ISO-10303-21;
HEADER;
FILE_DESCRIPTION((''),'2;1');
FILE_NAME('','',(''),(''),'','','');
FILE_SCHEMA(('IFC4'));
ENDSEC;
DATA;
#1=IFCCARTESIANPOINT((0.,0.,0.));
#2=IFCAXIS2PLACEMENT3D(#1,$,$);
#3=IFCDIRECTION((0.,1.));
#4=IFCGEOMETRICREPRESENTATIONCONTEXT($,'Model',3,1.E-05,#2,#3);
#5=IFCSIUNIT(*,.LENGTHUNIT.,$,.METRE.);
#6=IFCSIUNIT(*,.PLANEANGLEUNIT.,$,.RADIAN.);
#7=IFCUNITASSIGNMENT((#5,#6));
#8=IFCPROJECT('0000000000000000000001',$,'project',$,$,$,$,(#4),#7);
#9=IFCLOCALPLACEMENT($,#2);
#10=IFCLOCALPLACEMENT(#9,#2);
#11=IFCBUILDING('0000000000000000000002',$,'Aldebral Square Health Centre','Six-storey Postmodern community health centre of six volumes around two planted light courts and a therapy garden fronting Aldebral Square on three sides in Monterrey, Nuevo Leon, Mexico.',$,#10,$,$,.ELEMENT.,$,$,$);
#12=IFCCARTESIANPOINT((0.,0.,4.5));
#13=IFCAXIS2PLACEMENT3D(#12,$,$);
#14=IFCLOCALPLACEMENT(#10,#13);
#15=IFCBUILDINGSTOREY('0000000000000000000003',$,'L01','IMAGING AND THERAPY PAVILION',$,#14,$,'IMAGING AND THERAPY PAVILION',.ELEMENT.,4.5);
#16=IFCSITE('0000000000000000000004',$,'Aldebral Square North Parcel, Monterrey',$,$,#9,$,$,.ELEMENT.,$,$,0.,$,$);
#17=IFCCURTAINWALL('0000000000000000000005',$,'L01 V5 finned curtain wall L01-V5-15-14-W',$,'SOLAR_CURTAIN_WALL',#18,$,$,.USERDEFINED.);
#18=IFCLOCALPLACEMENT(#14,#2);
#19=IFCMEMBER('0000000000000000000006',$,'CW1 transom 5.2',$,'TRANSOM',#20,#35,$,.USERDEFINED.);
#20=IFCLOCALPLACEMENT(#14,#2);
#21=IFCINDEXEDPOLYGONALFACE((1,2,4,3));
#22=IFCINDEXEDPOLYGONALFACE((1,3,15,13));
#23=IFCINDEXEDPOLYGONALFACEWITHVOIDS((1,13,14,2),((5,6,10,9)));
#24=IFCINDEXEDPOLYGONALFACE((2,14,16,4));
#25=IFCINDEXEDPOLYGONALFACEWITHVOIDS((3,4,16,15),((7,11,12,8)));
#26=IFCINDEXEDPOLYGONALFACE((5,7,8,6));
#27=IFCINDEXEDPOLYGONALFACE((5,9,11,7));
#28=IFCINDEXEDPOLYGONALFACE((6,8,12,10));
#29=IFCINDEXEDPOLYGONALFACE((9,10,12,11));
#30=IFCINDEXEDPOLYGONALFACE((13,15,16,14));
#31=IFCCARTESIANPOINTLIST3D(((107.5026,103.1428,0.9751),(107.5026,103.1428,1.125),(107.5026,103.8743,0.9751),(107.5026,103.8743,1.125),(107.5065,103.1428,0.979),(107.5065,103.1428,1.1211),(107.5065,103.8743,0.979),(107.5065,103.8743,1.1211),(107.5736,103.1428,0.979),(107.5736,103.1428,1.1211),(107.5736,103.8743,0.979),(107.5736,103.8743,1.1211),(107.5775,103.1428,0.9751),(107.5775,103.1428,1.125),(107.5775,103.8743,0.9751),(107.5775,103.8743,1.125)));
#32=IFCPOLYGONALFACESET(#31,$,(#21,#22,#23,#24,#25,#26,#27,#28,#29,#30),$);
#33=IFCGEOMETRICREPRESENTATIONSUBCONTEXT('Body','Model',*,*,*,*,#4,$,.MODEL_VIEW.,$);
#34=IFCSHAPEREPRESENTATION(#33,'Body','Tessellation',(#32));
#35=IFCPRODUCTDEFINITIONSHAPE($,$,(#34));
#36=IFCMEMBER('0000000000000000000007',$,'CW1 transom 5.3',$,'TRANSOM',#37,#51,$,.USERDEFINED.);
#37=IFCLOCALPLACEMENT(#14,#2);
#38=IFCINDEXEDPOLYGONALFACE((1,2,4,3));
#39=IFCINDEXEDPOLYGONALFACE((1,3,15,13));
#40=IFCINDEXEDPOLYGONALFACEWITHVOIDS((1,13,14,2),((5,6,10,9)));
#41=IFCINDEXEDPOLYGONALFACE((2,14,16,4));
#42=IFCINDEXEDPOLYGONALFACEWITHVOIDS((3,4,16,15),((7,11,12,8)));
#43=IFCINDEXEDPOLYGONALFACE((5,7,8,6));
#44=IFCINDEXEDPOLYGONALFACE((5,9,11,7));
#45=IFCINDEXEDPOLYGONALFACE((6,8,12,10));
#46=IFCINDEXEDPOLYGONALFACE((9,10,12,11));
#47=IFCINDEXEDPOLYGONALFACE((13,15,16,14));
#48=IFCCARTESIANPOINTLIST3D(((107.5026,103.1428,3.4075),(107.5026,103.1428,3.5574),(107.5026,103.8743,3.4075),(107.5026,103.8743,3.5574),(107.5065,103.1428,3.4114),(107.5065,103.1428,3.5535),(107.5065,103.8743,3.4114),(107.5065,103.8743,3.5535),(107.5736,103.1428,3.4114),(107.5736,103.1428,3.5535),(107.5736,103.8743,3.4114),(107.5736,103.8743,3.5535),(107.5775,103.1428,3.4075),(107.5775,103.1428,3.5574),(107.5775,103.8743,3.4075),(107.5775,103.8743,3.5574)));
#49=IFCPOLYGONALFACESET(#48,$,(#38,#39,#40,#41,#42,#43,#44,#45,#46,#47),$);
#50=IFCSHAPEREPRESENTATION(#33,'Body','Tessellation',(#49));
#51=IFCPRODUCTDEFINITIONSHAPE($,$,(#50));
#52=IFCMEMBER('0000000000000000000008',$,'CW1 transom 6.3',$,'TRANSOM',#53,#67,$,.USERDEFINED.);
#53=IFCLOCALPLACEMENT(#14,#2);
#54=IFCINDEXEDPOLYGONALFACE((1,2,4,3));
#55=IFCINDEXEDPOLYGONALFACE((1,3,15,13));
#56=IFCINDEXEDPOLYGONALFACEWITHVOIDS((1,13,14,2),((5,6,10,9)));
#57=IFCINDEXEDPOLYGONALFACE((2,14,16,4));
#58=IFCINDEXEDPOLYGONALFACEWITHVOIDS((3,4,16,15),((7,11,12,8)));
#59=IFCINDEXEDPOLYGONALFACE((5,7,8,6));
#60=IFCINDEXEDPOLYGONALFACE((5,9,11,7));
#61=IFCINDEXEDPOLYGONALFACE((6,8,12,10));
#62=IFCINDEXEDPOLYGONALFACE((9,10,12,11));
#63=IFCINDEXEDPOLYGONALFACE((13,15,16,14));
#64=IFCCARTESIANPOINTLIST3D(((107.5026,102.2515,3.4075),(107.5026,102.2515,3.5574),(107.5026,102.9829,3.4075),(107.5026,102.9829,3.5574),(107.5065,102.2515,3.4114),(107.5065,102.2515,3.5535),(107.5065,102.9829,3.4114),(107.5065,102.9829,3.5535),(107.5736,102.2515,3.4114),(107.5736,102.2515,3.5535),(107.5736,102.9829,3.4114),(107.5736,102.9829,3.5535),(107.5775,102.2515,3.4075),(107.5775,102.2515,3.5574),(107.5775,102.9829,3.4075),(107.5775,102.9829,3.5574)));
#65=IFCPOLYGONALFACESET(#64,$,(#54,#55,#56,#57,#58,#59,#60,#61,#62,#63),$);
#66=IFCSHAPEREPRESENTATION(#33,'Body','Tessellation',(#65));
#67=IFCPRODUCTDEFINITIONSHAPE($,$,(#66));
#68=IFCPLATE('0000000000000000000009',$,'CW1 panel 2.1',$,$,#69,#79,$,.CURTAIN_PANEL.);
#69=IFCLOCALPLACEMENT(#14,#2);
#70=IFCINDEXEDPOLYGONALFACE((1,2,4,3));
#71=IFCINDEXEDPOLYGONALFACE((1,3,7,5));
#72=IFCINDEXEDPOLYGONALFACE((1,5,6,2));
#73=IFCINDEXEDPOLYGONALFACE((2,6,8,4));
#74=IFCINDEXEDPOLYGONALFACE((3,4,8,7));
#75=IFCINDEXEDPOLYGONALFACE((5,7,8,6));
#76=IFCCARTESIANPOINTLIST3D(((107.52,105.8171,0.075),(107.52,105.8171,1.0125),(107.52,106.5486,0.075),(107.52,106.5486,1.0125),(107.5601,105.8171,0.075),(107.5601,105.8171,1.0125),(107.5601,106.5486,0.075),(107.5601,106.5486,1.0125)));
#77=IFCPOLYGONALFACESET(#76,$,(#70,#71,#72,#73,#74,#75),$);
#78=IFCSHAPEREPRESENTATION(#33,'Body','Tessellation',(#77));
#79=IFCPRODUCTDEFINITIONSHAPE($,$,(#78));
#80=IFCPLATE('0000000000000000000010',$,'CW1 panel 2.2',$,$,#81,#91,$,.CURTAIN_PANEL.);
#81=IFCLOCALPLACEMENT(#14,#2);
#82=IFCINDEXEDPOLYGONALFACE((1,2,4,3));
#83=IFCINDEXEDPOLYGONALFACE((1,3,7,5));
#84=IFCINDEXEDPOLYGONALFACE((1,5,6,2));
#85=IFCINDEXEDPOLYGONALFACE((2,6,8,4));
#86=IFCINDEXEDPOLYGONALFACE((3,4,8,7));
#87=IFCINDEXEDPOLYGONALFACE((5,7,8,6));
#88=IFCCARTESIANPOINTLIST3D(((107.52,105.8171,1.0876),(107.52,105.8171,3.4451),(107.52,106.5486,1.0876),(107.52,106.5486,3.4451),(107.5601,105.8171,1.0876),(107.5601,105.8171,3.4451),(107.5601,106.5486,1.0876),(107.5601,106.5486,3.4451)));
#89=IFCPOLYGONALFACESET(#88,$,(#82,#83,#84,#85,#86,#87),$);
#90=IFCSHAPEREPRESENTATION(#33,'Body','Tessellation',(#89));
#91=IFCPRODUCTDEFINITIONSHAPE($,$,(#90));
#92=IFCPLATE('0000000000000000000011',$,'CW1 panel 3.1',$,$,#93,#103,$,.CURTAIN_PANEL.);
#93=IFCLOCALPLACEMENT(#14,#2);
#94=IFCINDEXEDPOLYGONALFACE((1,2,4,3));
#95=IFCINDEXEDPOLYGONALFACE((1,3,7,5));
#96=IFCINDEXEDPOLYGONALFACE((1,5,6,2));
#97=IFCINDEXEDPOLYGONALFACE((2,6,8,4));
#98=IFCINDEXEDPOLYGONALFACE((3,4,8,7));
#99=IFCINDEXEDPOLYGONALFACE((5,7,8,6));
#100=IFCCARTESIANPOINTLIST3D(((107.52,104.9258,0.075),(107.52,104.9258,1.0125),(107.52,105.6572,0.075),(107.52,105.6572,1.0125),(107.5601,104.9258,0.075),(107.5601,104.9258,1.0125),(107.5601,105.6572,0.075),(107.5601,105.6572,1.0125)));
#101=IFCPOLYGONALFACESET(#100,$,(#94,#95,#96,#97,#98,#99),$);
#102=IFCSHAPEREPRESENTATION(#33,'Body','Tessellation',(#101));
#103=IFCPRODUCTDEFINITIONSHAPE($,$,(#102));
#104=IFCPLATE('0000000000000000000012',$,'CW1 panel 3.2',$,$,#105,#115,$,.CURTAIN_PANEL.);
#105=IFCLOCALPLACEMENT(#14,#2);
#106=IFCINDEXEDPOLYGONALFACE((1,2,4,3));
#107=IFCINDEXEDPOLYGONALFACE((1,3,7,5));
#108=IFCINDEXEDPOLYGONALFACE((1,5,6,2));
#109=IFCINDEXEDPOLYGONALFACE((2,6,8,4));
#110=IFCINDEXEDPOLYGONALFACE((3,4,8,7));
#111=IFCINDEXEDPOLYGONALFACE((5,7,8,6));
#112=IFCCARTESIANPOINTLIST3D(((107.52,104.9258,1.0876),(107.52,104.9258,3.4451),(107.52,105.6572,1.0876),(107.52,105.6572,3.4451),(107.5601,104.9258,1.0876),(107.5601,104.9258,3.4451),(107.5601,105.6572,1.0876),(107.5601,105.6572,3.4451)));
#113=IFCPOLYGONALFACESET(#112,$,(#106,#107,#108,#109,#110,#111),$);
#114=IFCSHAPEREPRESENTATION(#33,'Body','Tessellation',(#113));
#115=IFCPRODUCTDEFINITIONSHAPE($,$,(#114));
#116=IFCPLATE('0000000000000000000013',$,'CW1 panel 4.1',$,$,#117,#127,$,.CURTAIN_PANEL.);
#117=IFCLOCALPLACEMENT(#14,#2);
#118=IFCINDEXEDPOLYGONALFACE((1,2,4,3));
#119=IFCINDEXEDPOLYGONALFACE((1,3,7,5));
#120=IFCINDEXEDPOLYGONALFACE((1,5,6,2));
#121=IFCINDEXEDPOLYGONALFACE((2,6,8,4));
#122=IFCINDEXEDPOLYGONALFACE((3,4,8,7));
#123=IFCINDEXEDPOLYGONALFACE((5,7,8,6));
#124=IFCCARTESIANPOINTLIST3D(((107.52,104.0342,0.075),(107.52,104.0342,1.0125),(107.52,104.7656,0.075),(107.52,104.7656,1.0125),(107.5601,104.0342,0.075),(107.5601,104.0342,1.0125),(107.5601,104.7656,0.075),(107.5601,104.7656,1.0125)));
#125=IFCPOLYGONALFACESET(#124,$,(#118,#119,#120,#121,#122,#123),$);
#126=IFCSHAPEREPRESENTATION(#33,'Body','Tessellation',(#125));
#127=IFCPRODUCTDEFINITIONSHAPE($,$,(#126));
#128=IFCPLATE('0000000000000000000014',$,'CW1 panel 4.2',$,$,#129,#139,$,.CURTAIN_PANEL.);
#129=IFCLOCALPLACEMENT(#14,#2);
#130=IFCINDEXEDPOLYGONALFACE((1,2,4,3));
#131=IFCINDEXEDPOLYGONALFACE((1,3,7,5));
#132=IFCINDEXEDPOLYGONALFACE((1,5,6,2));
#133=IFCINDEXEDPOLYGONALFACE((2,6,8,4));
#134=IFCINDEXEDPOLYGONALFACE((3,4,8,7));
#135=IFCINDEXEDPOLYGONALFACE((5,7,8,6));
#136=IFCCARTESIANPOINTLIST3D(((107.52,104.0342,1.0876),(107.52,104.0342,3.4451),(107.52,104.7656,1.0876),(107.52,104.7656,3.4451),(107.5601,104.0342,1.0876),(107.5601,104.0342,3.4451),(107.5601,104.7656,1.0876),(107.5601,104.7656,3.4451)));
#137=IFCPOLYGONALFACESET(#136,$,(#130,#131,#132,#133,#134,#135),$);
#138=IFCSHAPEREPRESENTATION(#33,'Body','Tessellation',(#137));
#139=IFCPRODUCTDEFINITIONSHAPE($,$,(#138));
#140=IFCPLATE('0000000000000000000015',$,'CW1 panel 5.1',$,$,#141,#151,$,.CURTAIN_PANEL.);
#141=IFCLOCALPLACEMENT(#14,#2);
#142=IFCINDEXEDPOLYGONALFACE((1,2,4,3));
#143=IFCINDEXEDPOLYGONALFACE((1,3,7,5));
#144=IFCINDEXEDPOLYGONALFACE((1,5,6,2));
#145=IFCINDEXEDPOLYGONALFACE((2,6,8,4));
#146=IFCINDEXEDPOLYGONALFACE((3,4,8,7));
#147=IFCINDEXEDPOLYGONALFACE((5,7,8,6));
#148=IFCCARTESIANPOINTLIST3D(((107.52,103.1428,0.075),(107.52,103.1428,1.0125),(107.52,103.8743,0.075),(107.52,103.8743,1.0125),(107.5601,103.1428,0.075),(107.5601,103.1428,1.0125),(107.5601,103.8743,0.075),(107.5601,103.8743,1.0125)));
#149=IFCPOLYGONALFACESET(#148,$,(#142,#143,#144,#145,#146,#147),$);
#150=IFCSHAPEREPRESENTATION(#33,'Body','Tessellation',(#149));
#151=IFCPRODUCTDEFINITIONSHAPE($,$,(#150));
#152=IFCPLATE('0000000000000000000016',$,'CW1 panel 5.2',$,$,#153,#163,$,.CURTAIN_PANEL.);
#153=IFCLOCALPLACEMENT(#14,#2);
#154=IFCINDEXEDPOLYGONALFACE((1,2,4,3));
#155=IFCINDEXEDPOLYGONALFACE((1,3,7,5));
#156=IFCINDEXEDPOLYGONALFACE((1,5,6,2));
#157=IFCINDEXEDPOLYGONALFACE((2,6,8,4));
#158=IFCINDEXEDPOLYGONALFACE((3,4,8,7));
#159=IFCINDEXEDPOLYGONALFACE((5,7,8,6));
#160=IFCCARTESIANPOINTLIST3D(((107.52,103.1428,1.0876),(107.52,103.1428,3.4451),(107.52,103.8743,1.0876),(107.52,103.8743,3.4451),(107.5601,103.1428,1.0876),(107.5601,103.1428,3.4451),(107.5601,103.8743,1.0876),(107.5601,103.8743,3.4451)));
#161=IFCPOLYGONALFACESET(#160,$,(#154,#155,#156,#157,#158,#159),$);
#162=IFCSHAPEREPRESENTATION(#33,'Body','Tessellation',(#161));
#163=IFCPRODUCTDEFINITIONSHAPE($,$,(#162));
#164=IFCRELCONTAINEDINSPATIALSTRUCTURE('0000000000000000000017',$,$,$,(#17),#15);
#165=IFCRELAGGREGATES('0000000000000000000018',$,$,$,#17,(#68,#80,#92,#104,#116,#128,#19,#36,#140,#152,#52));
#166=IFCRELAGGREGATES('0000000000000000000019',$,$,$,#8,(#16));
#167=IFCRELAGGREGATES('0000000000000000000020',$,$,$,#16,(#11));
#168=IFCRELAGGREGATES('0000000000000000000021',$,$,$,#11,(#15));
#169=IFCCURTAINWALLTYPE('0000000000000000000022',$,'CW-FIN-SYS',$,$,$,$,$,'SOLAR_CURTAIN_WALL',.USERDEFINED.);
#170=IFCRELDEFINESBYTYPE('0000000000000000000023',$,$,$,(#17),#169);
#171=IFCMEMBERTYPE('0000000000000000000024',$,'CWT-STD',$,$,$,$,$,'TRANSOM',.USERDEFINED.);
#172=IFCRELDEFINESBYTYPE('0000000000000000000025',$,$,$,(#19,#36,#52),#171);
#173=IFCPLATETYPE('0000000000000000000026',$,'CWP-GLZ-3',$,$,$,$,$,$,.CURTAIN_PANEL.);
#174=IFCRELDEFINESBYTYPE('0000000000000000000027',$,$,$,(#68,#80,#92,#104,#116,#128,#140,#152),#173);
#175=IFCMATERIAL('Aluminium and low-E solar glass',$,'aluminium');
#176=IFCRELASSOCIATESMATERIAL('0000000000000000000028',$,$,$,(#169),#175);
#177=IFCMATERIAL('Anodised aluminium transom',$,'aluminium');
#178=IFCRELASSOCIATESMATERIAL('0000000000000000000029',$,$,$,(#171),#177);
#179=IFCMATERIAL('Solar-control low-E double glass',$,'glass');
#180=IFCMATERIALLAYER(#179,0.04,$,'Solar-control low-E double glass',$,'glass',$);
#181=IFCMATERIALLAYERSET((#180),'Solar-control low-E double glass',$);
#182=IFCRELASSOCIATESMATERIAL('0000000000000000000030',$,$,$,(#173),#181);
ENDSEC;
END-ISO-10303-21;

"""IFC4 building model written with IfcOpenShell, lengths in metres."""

from ifc_helpers import new_model, si_unit, direction, frame, origin, origin_2d, place, context, subcontext, project, spatial, rectangle, hollow_rectangle, extrude, material, layer, layer_set, material_profile, profile_set, type_object, element, aggregate, save


model = new_model("IFC4")

# Units and contexts
model_context = context("Model", 3, precision=1e-05, world=origin(), true_north=direction((0.0, 1.0)))
body_context = subcontext(model_context, "Body", "Model", "MODEL_VIEW")
ifc_project = project(units=[si_unit("LENGTHUNIT", "METRE"), si_unit("PLANEANGLEUNIT", "RADIAN")], contexts=[model_context])

# Site, building, storey
site_placement = place(None, origin())
site = spatial("IfcSite", under=ifc_project, at=site_placement, Name="Aldebral Square North Parcel, Monterrey", CompositionType="ELEMENT", RefElevation=0.0)
building_placement = place(site_placement, origin())
building = spatial("IfcBuilding", under=site, at=building_placement, Name="Aldebral Square Health Centre", Description="Six-storey Postmodern community health centre of six volumes around two planted light courts and a therapy garden fronting Aldebral Square on three sides in Monterrey, Nuevo Leon, Mexico.", CompositionType="ELEMENT")
storey_placement = place(building_placement, frame((0.0, 0.0, 4.5)))
storey = spatial("IfcBuildingStorey", under=building, at=storey_placement, Name="L01", Description="IMAGING AND THERAPY PAVILION", LongName="IMAGING AND THERAPY PAVILION", CompositionType="ELEMENT", Elevation=4.5)

# Curtain wall, members, plates
ifc_material_1 = material(Name="Aluminium and low-E solar glass", Category="aluminium")
curtain_wall_type = type_object("IfcCurtainWallType", Name="CW-FIN-SYS", ElementType="SOLAR_CURTAIN_WALL", PredefinedType="USERDEFINED", material=ifc_material_1)
curtain_wall_placement = place(storey_placement, origin())
curtain_wall = element("IfcCurtainWall", 1, at=curtain_wall_placement, inside=storey, type_object=curtain_wall_type, Name="L01 V5 finned curtain wall L01-V5-15-14-W", ObjectType="SOLAR_CURTAIN_WALL", PredefinedType="USERDEFINED")
ifc_material_2 = material(Name="Anodised aluminium transom", Category="aluminium")
ifc_material_profile_1 = material_profile(ifc_material_2, hollow_rectangle(XDim=0.075, YDim=0.1499, WallThickness=0.0039, at=origin_2d()), Name="CWT 75x150x4")
ifc_profile_set_1 = profile_set([ifc_material_profile_1], Name="Anodised aluminium transom")
member_type_1 = type_object("IfcMemberType", Name="CWT-STD", ElementType="TRANSOM", PredefinedType="USERDEFINED", material=ifc_profile_set_1)
member_1_placement = place(storey_placement, frame((107.54, 103.8743, 1.05), z_axis=(0.0, -1.0, 0.0), x_axis=(1.0, 0.0, 0.0)))
member_1 = element("IfcMember", 2, at=member_1_placement, type_object=member_type_1, Name="CW1 transom 5.2", ObjectType="TRANSOM", PredefinedType="USERDEFINED", context=body_context, shape_type="SweptSolid", body=[
    extrude(hollow_rectangle(XDim=0.075, YDim=0.1499, WallThickness=0.0039, at=origin_2d()), origin(), (0.0, 0.0, 1.0), 0.7314),
])
member_2_placement = place(storey_placement, frame((107.54, 103.8743, 3.4824), z_axis=(0.0, -1.0, 0.0), x_axis=(1.0, 0.0, 0.0)))
member_2 = element("IfcMember", 3, at=member_2_placement, type_object=member_type_1, Name="CW1 transom 5.3", ObjectType="TRANSOM", PredefinedType="USERDEFINED", context=body_context, shape_type="SweptSolid", body=[
    extrude(hollow_rectangle(XDim=0.075, YDim=0.1499, WallThickness=0.0039, at=origin_2d()), origin(), (0.0, 0.0, 1.0), 0.7314),
])
member_3_placement = place(storey_placement, frame((107.54, 102.9829, 3.4824), z_axis=(0.0, -1.0, 0.0), x_axis=(1.0, 0.0, 0.0)))
member_3 = element("IfcMember", 4, at=member_3_placement, type_object=member_type_1, Name="CW1 transom 6.3", ObjectType="TRANSOM", PredefinedType="USERDEFINED", context=body_context, shape_type="SweptSolid", body=[
    extrude(hollow_rectangle(XDim=0.075, YDim=0.1499, WallThickness=0.0039, at=origin_2d()), origin(), (0.0, 0.0, 1.0), 0.7314),
])
ifc_material_3 = material(Name="Solar-control low-E double glass", Category="glass")
ifc_layer = layer(ifc_material_3, 0.04, Name="Solar-control low-E double glass", Category="glass")
ifc_layer_set = layer_set([ifc_layer], Name="Solar-control low-E double glass")
plate_type = type_object("IfcPlateType", Name="CWP-GLZ-3", PredefinedType="CURTAIN_PANEL", material=ifc_layer_set)
plate_1_placement = place(storey_placement, frame((107.54, 106.1829, 0.075), z_axis=(0.0, 0.0, 1.0), x_axis=(0.0, -1.0, 0.0)))
plate_1 = element("IfcPlate", 5, at=plate_1_placement, type_object=plate_type, Name="CW1 panel 2.1", PredefinedType="CURTAIN_PANEL", context=body_context, shape_type="SweptSolid", body=[
    extrude(rectangle(XDim=0.7314, YDim=0.04, at=origin_2d()), origin(), (0.0, 0.0, 1.0), 0.9375),
])
plate_2_placement = place(storey_placement, frame((107.54, 106.1829, 1.0876), z_axis=(0.0, 0.0, 1.0), x_axis=(0.0, -1.0, 0.0)))
plate_2 = element("IfcPlate", 6, at=plate_2_placement, type_object=plate_type, Name="CW1 panel 2.2", PredefinedType="CURTAIN_PANEL", context=body_context, shape_type="SweptSolid", body=[
    extrude(rectangle(XDim=0.7314, YDim=0.04, at=origin_2d()), origin(), (0.0, 0.0, 1.0), 2.3574),
])
plate_3_placement = place(storey_placement, frame((107.54, 105.2915, 0.075), z_axis=(0.0, 0.0, 1.0), x_axis=(0.0, -1.0, 0.0)))
plate_3 = element("IfcPlate", 7, at=plate_3_placement, type_object=plate_type, Name="CW1 panel 3.1", PredefinedType="CURTAIN_PANEL", context=body_context, shape_type="SweptSolid", body=[
    extrude(rectangle(XDim=0.7314, YDim=0.04, at=origin_2d()), origin(), (0.0, 0.0, 1.0), 0.9375),
])
plate_4_placement = place(storey_placement, frame((107.54, 105.2915, 1.0876), z_axis=(0.0, 0.0, 1.0), x_axis=(0.0, -1.0, 0.0)))
plate_4 = element("IfcPlate", 8, at=plate_4_placement, type_object=plate_type, Name="CW1 panel 3.2", PredefinedType="CURTAIN_PANEL", context=body_context, shape_type="SweptSolid", body=[
    extrude(rectangle(XDim=0.7314, YDim=0.04, at=origin_2d()), origin(), (0.0, 0.0, 1.0), 2.3574),
])
plate_5_placement = place(storey_placement, frame((107.54, 104.3999, 0.075), z_axis=(0.0, 0.0, 1.0), x_axis=(0.0, -1.0, 0.0)))
plate_5 = element("IfcPlate", 9, at=plate_5_placement, type_object=plate_type, Name="CW1 panel 4.1", PredefinedType="CURTAIN_PANEL", context=body_context, shape_type="SweptSolid", body=[
    extrude(rectangle(XDim=0.7314, YDim=0.04, at=origin_2d()), origin(), (0.0, 0.0, 1.0), 0.9375),
])
plate_6_placement = place(storey_placement, frame((107.54, 104.3999, 1.0876), z_axis=(0.0, 0.0, 1.0), x_axis=(0.0, -1.0, 0.0)))
plate_6 = element("IfcPlate", 10, at=plate_6_placement, type_object=plate_type, Name="CW1 panel 4.2", PredefinedType="CURTAIN_PANEL", context=body_context, shape_type="SweptSolid", body=[
    extrude(rectangle(XDim=0.7314, YDim=0.04, at=origin_2d()), origin(), (0.0, 0.0, 1.0), 2.3574),
])
plate_7_placement = place(storey_placement, frame((107.54, 103.5085, 0.075), z_axis=(0.0, 0.0, 1.0), x_axis=(0.0, -1.0, 0.0)))
plate_7 = element("IfcPlate", 11, at=plate_7_placement, type_object=plate_type, Name="CW1 panel 5.1", PredefinedType="CURTAIN_PANEL", context=body_context, shape_type="SweptSolid", body=[
    extrude(rectangle(XDim=0.7314, YDim=0.04, at=origin_2d()), origin(), (0.0, 0.0, 1.0), 0.9375),
])
plate_8_placement = place(storey_placement, frame((107.54, 103.5085, 1.0876), z_axis=(0.0, 0.0, 1.0), x_axis=(0.0, -1.0, 0.0)))
plate_8 = element("IfcPlate", 12, at=plate_8_placement, type_object=plate_type, Name="CW1 panel 5.2", PredefinedType="CURTAIN_PANEL", context=body_context, shape_type="SweptSolid", body=[
    extrude(rectangle(XDim=0.7314, YDim=0.04, at=origin_2d()), origin(), (0.0, 0.0, 1.0), 2.3574),
])
aggregate(curtain_wall, [plate_1, plate_2, plate_3, plate_4, plate_5, plate_6, member_1, member_2, plate_7, plate_8, member_3])

save(model, "model.ifc")
